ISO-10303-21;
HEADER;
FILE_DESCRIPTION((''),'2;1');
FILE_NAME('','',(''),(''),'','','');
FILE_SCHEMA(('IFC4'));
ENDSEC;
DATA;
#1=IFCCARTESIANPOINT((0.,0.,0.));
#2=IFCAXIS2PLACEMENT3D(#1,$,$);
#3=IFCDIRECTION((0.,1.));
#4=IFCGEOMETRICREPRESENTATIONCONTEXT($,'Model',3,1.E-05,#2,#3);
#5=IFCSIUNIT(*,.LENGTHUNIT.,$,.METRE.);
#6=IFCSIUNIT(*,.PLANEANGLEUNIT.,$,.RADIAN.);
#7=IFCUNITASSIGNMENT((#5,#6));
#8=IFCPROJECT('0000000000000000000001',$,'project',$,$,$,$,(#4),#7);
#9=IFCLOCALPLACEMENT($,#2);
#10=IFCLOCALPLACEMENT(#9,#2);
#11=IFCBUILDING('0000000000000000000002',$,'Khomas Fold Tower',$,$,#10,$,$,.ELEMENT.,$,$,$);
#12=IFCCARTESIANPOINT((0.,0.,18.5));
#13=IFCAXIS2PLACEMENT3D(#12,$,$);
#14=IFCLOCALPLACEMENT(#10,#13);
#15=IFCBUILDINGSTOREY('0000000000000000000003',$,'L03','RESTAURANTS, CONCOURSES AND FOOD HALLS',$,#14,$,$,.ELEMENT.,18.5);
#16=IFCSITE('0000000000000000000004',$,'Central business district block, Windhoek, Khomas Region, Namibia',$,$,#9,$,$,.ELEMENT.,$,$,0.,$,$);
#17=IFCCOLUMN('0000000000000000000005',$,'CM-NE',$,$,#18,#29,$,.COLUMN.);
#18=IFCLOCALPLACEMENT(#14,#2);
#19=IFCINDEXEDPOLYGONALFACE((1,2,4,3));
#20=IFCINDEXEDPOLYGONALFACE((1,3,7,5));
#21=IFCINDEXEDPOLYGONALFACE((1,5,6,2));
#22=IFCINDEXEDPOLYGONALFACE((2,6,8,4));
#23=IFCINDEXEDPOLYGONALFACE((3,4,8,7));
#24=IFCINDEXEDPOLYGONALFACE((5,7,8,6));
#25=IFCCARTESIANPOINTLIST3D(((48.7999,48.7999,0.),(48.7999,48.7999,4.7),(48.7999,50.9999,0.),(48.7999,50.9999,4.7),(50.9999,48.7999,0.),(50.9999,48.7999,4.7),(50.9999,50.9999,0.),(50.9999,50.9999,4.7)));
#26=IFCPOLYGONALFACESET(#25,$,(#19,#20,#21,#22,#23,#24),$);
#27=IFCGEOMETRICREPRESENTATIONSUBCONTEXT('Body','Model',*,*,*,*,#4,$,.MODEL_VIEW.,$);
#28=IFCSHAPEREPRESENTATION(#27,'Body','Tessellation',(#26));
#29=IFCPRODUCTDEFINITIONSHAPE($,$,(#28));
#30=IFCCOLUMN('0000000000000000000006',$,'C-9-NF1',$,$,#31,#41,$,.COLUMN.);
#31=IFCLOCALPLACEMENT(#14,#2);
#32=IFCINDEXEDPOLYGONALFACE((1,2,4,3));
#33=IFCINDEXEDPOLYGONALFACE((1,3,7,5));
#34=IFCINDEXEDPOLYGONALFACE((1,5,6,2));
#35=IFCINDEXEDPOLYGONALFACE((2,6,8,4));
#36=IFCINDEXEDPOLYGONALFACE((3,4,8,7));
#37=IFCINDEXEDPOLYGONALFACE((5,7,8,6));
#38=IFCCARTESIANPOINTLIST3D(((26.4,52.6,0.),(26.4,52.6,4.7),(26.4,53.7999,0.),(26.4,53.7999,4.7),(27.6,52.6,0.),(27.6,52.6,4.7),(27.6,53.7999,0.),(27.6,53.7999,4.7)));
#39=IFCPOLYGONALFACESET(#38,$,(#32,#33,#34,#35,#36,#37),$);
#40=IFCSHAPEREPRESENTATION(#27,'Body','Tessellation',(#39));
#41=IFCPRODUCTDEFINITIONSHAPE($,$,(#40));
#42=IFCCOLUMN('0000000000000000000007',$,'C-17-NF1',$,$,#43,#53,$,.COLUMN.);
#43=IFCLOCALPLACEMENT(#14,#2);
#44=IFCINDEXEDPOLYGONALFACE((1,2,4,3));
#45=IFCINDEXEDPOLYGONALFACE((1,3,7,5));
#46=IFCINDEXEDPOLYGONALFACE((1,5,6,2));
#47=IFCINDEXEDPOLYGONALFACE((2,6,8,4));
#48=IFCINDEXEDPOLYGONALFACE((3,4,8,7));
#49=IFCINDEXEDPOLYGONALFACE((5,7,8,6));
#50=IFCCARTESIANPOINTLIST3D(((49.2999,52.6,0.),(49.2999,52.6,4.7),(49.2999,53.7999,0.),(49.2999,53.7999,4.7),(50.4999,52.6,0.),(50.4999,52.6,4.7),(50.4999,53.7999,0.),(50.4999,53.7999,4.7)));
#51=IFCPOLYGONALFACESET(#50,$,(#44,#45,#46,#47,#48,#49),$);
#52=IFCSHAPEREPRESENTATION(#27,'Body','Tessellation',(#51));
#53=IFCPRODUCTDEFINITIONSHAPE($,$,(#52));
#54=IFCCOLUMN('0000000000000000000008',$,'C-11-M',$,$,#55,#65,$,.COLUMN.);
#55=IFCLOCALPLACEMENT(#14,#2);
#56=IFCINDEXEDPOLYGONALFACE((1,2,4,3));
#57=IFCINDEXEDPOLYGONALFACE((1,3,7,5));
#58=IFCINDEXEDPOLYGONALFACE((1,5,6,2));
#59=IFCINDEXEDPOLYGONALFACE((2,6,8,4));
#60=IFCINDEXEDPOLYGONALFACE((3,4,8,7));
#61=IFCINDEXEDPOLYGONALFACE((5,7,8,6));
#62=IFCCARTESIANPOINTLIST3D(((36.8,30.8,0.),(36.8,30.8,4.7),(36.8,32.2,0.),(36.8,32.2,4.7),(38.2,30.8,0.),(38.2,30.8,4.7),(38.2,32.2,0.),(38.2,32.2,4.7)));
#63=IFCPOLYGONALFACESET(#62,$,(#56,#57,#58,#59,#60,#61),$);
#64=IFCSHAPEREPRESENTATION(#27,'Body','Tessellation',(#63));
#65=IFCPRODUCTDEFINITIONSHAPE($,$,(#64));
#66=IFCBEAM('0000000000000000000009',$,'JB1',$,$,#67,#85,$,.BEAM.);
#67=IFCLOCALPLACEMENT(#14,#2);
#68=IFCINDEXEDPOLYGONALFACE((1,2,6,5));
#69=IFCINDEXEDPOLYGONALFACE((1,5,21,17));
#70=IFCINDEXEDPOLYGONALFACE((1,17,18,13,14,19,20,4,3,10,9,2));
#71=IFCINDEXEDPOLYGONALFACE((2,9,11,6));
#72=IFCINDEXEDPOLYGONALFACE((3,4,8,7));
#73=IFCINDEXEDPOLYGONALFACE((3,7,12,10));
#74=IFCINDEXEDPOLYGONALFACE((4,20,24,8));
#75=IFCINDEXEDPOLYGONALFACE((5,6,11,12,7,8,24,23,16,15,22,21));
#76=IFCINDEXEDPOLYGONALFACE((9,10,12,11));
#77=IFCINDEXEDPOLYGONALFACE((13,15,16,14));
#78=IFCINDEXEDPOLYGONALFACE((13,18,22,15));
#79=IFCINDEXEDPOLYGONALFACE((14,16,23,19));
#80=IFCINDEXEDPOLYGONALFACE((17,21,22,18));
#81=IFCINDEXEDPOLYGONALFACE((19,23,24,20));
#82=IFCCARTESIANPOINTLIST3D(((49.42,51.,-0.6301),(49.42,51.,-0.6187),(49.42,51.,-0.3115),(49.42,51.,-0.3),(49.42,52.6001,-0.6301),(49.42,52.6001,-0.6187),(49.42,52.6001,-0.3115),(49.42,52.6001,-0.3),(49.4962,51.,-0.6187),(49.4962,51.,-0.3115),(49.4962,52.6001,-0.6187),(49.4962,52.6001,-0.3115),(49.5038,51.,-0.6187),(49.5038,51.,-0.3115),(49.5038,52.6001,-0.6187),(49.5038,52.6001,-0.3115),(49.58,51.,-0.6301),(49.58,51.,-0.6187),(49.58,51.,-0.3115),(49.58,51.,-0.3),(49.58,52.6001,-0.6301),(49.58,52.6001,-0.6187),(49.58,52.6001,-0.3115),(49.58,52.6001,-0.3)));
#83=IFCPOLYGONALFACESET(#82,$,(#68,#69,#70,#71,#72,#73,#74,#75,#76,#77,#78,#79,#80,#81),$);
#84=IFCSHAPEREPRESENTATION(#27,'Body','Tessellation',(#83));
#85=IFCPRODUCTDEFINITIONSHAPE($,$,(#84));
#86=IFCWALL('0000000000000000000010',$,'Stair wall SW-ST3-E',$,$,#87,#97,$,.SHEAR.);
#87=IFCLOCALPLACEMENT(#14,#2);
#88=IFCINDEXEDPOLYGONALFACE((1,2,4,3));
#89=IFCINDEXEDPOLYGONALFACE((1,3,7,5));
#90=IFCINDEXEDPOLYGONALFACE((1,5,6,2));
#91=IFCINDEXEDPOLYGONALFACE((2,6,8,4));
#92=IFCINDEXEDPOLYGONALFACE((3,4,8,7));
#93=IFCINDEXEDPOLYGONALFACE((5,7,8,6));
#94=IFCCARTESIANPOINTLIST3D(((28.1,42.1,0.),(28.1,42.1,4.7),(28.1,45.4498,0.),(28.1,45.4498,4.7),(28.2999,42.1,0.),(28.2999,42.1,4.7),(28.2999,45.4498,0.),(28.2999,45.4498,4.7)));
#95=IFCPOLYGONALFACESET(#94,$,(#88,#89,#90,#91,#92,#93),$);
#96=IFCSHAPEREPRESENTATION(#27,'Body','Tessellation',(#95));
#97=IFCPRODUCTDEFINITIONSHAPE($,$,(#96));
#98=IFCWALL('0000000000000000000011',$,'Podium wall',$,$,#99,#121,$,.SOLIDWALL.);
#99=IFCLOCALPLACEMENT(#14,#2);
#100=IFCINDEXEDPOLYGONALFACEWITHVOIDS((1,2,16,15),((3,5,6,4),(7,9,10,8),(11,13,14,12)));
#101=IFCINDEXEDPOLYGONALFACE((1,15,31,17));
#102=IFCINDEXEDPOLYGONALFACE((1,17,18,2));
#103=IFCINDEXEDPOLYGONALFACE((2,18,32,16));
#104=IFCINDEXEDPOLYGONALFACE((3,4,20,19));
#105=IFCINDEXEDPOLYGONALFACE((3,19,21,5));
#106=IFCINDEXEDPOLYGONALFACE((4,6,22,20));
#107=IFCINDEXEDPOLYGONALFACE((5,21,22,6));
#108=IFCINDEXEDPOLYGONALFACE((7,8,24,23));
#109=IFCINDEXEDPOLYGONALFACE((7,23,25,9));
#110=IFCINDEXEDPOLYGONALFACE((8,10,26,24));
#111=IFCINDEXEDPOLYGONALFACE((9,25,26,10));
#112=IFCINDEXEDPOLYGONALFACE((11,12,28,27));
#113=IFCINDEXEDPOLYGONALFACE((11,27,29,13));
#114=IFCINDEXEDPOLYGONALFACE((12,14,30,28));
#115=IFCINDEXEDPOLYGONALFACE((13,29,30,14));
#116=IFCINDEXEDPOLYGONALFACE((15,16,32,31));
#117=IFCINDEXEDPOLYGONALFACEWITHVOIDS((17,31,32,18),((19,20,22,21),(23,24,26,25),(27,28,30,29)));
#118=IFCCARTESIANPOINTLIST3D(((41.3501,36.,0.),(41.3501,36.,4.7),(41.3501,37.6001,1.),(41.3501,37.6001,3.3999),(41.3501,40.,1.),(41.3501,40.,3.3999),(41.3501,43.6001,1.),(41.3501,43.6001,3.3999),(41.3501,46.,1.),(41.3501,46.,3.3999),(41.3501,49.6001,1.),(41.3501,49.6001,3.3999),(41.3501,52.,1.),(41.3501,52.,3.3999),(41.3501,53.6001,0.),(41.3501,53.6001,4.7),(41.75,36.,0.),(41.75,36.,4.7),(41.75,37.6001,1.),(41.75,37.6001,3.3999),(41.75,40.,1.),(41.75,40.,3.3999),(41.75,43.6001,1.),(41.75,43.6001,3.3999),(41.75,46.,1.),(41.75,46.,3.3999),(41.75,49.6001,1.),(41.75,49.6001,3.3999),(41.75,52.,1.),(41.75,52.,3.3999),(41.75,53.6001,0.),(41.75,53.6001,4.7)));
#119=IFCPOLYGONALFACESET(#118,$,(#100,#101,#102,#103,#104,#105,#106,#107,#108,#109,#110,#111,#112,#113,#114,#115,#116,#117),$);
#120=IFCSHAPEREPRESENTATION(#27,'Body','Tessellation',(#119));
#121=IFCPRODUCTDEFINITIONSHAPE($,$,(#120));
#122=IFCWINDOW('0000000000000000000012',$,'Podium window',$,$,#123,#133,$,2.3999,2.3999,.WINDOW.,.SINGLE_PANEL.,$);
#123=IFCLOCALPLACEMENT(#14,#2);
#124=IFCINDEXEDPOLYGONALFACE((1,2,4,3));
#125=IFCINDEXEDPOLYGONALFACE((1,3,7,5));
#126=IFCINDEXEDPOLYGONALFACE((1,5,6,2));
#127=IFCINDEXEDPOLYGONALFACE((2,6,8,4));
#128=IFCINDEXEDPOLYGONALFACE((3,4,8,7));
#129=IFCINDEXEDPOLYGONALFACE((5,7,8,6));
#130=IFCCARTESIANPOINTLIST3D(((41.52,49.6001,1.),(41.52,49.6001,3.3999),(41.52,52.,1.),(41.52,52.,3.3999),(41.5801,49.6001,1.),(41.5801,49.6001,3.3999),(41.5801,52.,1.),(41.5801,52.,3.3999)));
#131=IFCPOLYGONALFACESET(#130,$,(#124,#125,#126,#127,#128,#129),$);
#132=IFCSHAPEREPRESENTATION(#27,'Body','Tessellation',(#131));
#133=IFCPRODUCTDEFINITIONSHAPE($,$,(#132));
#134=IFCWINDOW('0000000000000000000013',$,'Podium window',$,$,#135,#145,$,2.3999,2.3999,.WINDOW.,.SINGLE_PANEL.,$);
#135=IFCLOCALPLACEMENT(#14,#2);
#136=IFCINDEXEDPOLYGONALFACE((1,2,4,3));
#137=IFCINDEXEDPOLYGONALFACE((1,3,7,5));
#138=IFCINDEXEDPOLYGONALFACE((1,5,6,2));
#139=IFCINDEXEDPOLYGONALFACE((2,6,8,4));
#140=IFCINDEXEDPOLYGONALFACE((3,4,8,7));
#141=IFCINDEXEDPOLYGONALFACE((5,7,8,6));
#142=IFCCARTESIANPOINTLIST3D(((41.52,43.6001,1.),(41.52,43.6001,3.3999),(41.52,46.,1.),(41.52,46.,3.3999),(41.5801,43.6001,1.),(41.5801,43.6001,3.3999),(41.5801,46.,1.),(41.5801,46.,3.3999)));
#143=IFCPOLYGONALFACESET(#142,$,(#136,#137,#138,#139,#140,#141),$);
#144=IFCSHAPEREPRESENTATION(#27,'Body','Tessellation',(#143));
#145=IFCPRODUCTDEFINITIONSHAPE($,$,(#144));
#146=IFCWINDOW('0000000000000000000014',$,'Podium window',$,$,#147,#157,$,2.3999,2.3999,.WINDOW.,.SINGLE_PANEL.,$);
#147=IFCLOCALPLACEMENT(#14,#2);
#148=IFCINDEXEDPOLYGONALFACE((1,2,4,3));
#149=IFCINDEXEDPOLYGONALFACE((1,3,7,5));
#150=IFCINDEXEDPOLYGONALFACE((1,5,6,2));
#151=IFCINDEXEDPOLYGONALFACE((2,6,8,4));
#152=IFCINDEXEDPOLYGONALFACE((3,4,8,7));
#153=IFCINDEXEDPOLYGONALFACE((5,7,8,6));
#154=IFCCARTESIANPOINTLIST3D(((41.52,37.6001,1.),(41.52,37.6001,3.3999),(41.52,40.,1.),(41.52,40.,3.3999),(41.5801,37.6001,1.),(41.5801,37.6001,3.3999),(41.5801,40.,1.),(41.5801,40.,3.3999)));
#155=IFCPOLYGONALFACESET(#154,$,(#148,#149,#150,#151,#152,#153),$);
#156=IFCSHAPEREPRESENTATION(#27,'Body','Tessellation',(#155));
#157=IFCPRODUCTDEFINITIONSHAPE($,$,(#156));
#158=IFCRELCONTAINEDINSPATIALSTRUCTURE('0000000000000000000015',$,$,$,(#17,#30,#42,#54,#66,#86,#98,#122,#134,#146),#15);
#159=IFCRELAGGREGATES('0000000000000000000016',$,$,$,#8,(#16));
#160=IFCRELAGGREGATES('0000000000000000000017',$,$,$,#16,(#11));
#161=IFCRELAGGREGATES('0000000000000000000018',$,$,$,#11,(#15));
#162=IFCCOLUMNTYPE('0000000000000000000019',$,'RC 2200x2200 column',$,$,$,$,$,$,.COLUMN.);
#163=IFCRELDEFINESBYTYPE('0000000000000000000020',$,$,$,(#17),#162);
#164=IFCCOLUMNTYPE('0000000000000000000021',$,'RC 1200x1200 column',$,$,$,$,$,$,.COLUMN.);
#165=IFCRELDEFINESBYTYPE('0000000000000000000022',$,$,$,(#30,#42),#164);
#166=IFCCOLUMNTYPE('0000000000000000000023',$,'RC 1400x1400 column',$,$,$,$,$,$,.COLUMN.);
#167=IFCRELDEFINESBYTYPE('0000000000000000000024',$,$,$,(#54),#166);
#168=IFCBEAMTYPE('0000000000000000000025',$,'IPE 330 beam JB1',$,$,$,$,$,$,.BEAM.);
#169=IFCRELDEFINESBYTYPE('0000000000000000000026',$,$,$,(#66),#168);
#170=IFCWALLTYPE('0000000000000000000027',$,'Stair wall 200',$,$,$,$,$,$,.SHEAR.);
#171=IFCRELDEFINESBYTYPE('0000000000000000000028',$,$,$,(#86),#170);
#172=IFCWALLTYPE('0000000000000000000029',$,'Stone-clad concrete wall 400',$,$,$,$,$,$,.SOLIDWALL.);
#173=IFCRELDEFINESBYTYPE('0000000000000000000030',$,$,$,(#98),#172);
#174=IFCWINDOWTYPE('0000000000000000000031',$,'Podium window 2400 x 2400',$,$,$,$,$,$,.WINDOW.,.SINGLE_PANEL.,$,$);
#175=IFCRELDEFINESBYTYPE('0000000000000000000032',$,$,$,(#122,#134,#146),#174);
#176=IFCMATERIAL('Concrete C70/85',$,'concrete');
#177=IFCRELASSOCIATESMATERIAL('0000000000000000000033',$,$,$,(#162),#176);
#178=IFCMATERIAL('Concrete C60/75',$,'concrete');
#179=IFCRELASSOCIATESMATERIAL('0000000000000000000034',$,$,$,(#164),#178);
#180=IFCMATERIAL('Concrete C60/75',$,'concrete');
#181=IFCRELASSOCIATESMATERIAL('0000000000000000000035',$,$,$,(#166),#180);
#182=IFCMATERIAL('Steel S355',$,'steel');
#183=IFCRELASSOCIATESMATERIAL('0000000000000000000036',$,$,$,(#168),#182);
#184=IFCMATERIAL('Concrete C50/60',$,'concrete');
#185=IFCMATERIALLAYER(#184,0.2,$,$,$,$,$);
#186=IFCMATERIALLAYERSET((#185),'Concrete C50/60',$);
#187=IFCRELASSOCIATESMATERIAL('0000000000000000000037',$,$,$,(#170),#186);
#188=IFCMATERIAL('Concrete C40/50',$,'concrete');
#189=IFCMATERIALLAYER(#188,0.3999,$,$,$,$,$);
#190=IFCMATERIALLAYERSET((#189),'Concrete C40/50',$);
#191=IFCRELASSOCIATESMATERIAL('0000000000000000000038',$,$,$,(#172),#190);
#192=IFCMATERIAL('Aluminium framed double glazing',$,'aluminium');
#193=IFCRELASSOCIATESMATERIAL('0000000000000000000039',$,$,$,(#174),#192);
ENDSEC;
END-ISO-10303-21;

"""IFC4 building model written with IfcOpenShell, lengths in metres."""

from ifc_helpers import new_model, si_unit, direction, frame, frame_2d, origin, origin_2d, place, context, subcontext, project, spatial, rectangle, i_section, extrude, source, transform, mapped, material, layer, layer_set, material_profile, profile_set, type_object, element, fill, save


model = new_model("IFC4")

# Units and contexts
model_context = context("Model", 3, precision=1e-05, world=origin(), true_north=direction((0.0, 1.0)))
body_context = subcontext(model_context, "Body", "Model", "MODEL_VIEW")
ifc_project = project(units=[si_unit("LENGTHUNIT", "METRE"), si_unit("PLANEANGLEUNIT", "RADIAN")], contexts=[model_context])

# Site, building, storey
site_placement = place(None, origin())
site = spatial("IfcSite", under=ifc_project, at=site_placement, Name="Central business district block, Windhoek, Khomas Region, Namibia", CompositionType="ELEMENT", RefElevation=0.0)
building_placement = place(site_placement, origin())
building = spatial("IfcBuilding", under=site, at=building_placement, Name="Khomas Fold Tower", CompositionType="ELEMENT")
storey_placement = place(building_placement, frame((0.0, 0.0, 18.5)))
storey = spatial("IfcBuildingStorey", under=building, at=storey_placement, Name="L03", Description="RESTAURANTS, CONCOURSES AND FOOD HALLS", CompositionType="ELEMENT", Elevation=18.5)

# Columns
ifc_material_1 = material(Name="Concrete C70/85", Category="concrete")
ifc_material_profile_1 = material_profile(ifc_material_1, rectangle(XDim=2.2, YDim=2.2, at=origin_2d()), Name="RC 2200x2200")
ifc_profile_set_1 = profile_set([ifc_material_profile_1], Name="Concrete C70/85")
column_type_1 = type_object("IfcColumnType", Name="RC 2200x2200 column", PredefinedType="COLUMN", material=ifc_profile_set_1)
shared_shape_1 = source(origin(), body_context, "Body", "SweptSolid", [
    extrude(rectangle(XDim=2.2, YDim=2.2, at=origin_2d()), origin(), (0.0, 0.0, 1.0), 4.7),
])
column_1_placement = place(storey_placement, frame((49.8999, 49.8999, 0.0), z_axis=(0.0, 0.0, 1.0), x_axis=(1.0, 0.0, 0.0)))
element("IfcColumn", 1, at=column_1_placement, inside=storey, type_object=column_type_1, Name="CM-NE", PredefinedType="COLUMN", context=body_context, shape_type="MappedRepresentation", body=[
    mapped(shared_shape_1, transform((0.0, 0.0, 0.0))),
])
ifc_material_2 = material(Name="Concrete C60/75", Category="concrete")
ifc_material_profile_2 = material_profile(ifc_material_2, rectangle(XDim=1.2, YDim=1.2, at=origin_2d()), Name="RC 1200x1200")
ifc_profile_set_2 = profile_set([ifc_material_profile_2], Name="Concrete C60/75")
column_type_2 = type_object("IfcColumnType", Name="RC 1200x1200 column", PredefinedType="COLUMN", material=ifc_profile_set_2)
shared_shape_2 = source(origin(), body_context, "Body", "SweptSolid", [
    extrude(rectangle(XDim=1.2, YDim=1.2, at=origin_2d()), origin(), (0.0, 0.0, 1.0), 4.7),
])
for number, where, z_axis, x_axis, name in (
    (2, (27.0, 53.2, 0.0), (0.0, 0.0, 1.0), (1.0, 0.0, 0.0), "C-9-NF1"),
    (3, (49.8999, 53.2, 0.0), (0.0, 0.0, 1.0), (1.0, 0.0, 0.0), "C-17-NF1"),
):
    element("IfcColumn", number, at=place(storey_placement, frame(where, z_axis=z_axis, x_axis=x_axis)), inside=storey, type_object=column_type_2, Name=name, PredefinedType="COLUMN", context=body_context, shape_type="MappedRepresentation", body=[
        mapped(shared_shape_2, transform((0.0, 0.0, 0.0))),
    ])
ifc_material_3 = material(Name="Concrete C60/75", Category="concrete")
ifc_material_profile_3 = material_profile(ifc_material_3, rectangle(XDim=1.3999, YDim=1.3999, at=origin_2d()), Name="RC 1400x1400")
ifc_profile_set_3 = profile_set([ifc_material_profile_3], Name="Concrete C60/75")
column_type_3 = type_object("IfcColumnType", Name="RC 1400x1400 column", PredefinedType="COLUMN", material=ifc_profile_set_3)
shared_shape_3 = source(origin(), body_context, "Body", "SweptSolid", [
    extrude(rectangle(XDim=1.3999, YDim=1.3999, at=origin_2d()), origin(), (0.0, 0.0, 1.0), 4.7),
])
column_2_placement = place(storey_placement, frame((37.5, 31.5, 0.0), z_axis=(0.0, 0.0, 1.0), x_axis=(1.0, 0.0, 0.0)))
element("IfcColumn", 4, at=column_2_placement, inside=storey, type_object=column_type_3, Name="C-11-M", PredefinedType="COLUMN", context=body_context, shape_type="MappedRepresentation", body=[
    mapped(shared_shape_3, transform((0.0, 0.0, 0.0))),
])

# Beam
ifc_material_4 = material(Name="Steel S355", Category="steel")
ifc_material_profile_4 = material_profile(ifc_material_4, i_section(OverallWidth=0.1599, OverallDepth=0.3301, WebThickness=0.0076, FlangeThickness=0.0115, at=origin_2d()), Name="IPE 330")
ifc_profile_set_4 = profile_set([ifc_material_profile_4], Name="Steel S355")
beam_type = type_object("IfcBeamType", Name="IPE 330 beam JB1", PredefinedType="BEAM", material=ifc_profile_set_4)
shared_shape_4 = source(origin(), body_context, "Body", "SweptSolid", [
    extrude(i_section(OverallWidth=0.1599, OverallDepth=0.3301, WebThickness=0.0076, FlangeThickness=0.0115, at=origin_2d()), origin(), (0.0, 0.0, 1.0), 1.6001),
])
beam_placement = place(storey_placement, frame((49.5, 51.0, -0.4651), z_axis=(0.0, 1.0, 0.0), x_axis=(-1.0, 0.0, 0.0)))
element("IfcBeam", 5, at=beam_placement, inside=storey, type_object=beam_type, Name="JB1", PredefinedType="BEAM", context=body_context, shape_type="MappedRepresentation", body=[
    mapped(shared_shape_4, transform((0.0, 0.0, 0.0))),
])

# Wall
ifc_material_5 = material(Name="Concrete C50/60", Category="concrete")
ifc_layer_1 = layer(ifc_material_5, 0.2)
ifc_layer_set_1 = layer_set([ifc_layer_1], Name="Concrete C50/60")
wall_type_1 = type_object("IfcWallType", Name="Stair wall 200", PredefinedType="SHEAR", material=ifc_layer_set_1)
shared_shape_5 = source(origin(), body_context, "Body", "SweptSolid", [
    extrude(rectangle(XDim=3.3499, YDim=0.2, at=frame_2d((1.6748, 0.0))), origin(), (0.0, 0.0, 1.0), 4.7),
])
wall_1_placement = place(storey_placement, frame((28.2, 42.1001, 0.0), z_axis=(0.0, 0.0, 1.0), x_axis=(0.0, 1.0, 0.0)))
element("IfcWall", 6, at=wall_1_placement, inside=storey, type_object=wall_type_1, Name="Stair wall SW-ST3-E", PredefinedType="SHEAR", context=body_context, shape_type="MappedRepresentation", body=[
    mapped(shared_shape_5, transform((0.0, 0.0, 0.0))),
])

# Wall, openings, windows
ifc_material_6 = material(Name="Concrete C40/50", Category="concrete")
ifc_layer_2 = layer(ifc_material_6, 0.3999)
ifc_layer_set_2 = layer_set([ifc_layer_2], Name="Concrete C40/50")
wall_type_2 = type_object("IfcWallType", Name="Stone-clad concrete wall 400", PredefinedType="SOLIDWALL", material=ifc_layer_set_2)
shared_shape_6 = source(origin(), body_context, "Body", "SweptSolid", [
    extrude(rectangle(XDim=17.6001, YDim=0.3999, at=frame_2d((8.8, 0.0))), origin(), (0.0, 0.0, 1.0), 4.7),
])
wall_2_placement = place(storey_placement, frame((41.55, 53.6001, 0.0), z_axis=(0.0, 0.0, 1.0), x_axis=(0.0, -1.0, 0.0)))
wall_2 = element("IfcWall", 7, at=wall_2_placement, inside=storey, type_object=wall_type_2, Name="Podium wall", PredefinedType="SOLIDWALL", context=body_context, shape_type="MappedRepresentation", body=[
    mapped(shared_shape_6, transform((0.0, 0.0, 0.0))),
])
shared_shape_7 = source(origin(), body_context, "Body", "SweptSolid", [
    extrude(rectangle(XDim=2.3999, YDim=2.3999, at=frame_2d((1.2, 1.2))), frame((0.0, 0.21, 0.0), z_axis=(0.0, -1.0, 0.0), x_axis=(1.0, 0.0, 0.0)), (0.0, 0.0, 1.0), 0.4199),
])
opening_1_placement = place(wall_2_placement, frame((1.6001, 0.0, 1.0)))
opening_1 = element("IfcOpeningElement", 8, at=opening_1_placement, cuts=wall_2, PredefinedType="OPENING", context=body_context, shape_type="MappedRepresentation", body=[
    mapped(shared_shape_7, transform((0.0, 0.0, 0.0))),
])
opening_2_placement = place(wall_2_placement, frame((7.6001, 0.0, 1.0)))
opening_2 = element("IfcOpeningElement", 9, at=opening_2_placement, cuts=wall_2, PredefinedType="OPENING", context=body_context, shape_type="MappedRepresentation", body=[
    mapped(shared_shape_7, transform((0.0, 0.0, 0.0))),
])
opening_3_placement = place(wall_2_placement, frame((13.6001, 0.0, 1.0)))
opening_3 = element("IfcOpeningElement", 10, at=opening_3_placement, cuts=wall_2, PredefinedType="OPENING", context=body_context, shape_type="MappedRepresentation", body=[
    mapped(shared_shape_7, transform((0.0, 0.0, 0.0))),
])
ifc_material_7 = material(Name="Aluminium framed double glazing", Category="aluminium")
window_type = type_object("IfcWindowType", Name="Podium window 2400 x 2400", PartitioningType="SINGLE_PANEL", PredefinedType="WINDOW", material=ifc_material_7)
shared_shape_8 = source(origin(), body_context, "Body", "SweptSolid", [
    extrude(rectangle(XDim=2.3999, YDim=2.3999, at=frame_2d((1.2, 1.2))), frame((0.0, 0.03, 0.0), z_axis=(0.0, -1.0, 0.0), x_axis=(1.0, 0.0, 0.0)), (0.0, 0.0, 1.0), 0.0601),
])
window_1_placement = place(opening_1_placement, origin())
window_1 = element("IfcWindow", 11, at=window_1_placement, inside=storey, type_object=window_type, Name="Podium window", OverallHeight=2.3999, OverallWidth=2.3999, PartitioningType="SINGLE_PANEL", PredefinedType="WINDOW", context=body_context, shape_type="MappedRepresentation", body=[
    mapped(shared_shape_8, transform((0.0, 0.0, 0.0))),
])
fill(opening_1, window_1)
window_2_placement = place(opening_2_placement, origin())
window_2 = element("IfcWindow", 12, at=window_2_placement, inside=storey, type_object=window_type, Name="Podium window", OverallHeight=2.3999, OverallWidth=2.3999, PartitioningType="SINGLE_PANEL", PredefinedType="WINDOW", context=body_context, shape_type="MappedRepresentation", body=[
    mapped(shared_shape_8, transform((0.0, 0.0, 0.0))),
])
fill(opening_2, window_2)
window_3_placement = place(opening_3_placement, origin())
window_3 = element("IfcWindow", 13, at=window_3_placement, inside=storey, type_object=window_type, Name="Podium window", OverallHeight=2.3999, OverallWidth=2.3999, PartitioningType="SINGLE_PANEL", PredefinedType="WINDOW", context=body_context, shape_type="MappedRepresentation", body=[
    mapped(shared_shape_8, transform((0.0, 0.0, 0.0))),
])
fill(opening_3, window_3)

save(model, "model.ifc")
